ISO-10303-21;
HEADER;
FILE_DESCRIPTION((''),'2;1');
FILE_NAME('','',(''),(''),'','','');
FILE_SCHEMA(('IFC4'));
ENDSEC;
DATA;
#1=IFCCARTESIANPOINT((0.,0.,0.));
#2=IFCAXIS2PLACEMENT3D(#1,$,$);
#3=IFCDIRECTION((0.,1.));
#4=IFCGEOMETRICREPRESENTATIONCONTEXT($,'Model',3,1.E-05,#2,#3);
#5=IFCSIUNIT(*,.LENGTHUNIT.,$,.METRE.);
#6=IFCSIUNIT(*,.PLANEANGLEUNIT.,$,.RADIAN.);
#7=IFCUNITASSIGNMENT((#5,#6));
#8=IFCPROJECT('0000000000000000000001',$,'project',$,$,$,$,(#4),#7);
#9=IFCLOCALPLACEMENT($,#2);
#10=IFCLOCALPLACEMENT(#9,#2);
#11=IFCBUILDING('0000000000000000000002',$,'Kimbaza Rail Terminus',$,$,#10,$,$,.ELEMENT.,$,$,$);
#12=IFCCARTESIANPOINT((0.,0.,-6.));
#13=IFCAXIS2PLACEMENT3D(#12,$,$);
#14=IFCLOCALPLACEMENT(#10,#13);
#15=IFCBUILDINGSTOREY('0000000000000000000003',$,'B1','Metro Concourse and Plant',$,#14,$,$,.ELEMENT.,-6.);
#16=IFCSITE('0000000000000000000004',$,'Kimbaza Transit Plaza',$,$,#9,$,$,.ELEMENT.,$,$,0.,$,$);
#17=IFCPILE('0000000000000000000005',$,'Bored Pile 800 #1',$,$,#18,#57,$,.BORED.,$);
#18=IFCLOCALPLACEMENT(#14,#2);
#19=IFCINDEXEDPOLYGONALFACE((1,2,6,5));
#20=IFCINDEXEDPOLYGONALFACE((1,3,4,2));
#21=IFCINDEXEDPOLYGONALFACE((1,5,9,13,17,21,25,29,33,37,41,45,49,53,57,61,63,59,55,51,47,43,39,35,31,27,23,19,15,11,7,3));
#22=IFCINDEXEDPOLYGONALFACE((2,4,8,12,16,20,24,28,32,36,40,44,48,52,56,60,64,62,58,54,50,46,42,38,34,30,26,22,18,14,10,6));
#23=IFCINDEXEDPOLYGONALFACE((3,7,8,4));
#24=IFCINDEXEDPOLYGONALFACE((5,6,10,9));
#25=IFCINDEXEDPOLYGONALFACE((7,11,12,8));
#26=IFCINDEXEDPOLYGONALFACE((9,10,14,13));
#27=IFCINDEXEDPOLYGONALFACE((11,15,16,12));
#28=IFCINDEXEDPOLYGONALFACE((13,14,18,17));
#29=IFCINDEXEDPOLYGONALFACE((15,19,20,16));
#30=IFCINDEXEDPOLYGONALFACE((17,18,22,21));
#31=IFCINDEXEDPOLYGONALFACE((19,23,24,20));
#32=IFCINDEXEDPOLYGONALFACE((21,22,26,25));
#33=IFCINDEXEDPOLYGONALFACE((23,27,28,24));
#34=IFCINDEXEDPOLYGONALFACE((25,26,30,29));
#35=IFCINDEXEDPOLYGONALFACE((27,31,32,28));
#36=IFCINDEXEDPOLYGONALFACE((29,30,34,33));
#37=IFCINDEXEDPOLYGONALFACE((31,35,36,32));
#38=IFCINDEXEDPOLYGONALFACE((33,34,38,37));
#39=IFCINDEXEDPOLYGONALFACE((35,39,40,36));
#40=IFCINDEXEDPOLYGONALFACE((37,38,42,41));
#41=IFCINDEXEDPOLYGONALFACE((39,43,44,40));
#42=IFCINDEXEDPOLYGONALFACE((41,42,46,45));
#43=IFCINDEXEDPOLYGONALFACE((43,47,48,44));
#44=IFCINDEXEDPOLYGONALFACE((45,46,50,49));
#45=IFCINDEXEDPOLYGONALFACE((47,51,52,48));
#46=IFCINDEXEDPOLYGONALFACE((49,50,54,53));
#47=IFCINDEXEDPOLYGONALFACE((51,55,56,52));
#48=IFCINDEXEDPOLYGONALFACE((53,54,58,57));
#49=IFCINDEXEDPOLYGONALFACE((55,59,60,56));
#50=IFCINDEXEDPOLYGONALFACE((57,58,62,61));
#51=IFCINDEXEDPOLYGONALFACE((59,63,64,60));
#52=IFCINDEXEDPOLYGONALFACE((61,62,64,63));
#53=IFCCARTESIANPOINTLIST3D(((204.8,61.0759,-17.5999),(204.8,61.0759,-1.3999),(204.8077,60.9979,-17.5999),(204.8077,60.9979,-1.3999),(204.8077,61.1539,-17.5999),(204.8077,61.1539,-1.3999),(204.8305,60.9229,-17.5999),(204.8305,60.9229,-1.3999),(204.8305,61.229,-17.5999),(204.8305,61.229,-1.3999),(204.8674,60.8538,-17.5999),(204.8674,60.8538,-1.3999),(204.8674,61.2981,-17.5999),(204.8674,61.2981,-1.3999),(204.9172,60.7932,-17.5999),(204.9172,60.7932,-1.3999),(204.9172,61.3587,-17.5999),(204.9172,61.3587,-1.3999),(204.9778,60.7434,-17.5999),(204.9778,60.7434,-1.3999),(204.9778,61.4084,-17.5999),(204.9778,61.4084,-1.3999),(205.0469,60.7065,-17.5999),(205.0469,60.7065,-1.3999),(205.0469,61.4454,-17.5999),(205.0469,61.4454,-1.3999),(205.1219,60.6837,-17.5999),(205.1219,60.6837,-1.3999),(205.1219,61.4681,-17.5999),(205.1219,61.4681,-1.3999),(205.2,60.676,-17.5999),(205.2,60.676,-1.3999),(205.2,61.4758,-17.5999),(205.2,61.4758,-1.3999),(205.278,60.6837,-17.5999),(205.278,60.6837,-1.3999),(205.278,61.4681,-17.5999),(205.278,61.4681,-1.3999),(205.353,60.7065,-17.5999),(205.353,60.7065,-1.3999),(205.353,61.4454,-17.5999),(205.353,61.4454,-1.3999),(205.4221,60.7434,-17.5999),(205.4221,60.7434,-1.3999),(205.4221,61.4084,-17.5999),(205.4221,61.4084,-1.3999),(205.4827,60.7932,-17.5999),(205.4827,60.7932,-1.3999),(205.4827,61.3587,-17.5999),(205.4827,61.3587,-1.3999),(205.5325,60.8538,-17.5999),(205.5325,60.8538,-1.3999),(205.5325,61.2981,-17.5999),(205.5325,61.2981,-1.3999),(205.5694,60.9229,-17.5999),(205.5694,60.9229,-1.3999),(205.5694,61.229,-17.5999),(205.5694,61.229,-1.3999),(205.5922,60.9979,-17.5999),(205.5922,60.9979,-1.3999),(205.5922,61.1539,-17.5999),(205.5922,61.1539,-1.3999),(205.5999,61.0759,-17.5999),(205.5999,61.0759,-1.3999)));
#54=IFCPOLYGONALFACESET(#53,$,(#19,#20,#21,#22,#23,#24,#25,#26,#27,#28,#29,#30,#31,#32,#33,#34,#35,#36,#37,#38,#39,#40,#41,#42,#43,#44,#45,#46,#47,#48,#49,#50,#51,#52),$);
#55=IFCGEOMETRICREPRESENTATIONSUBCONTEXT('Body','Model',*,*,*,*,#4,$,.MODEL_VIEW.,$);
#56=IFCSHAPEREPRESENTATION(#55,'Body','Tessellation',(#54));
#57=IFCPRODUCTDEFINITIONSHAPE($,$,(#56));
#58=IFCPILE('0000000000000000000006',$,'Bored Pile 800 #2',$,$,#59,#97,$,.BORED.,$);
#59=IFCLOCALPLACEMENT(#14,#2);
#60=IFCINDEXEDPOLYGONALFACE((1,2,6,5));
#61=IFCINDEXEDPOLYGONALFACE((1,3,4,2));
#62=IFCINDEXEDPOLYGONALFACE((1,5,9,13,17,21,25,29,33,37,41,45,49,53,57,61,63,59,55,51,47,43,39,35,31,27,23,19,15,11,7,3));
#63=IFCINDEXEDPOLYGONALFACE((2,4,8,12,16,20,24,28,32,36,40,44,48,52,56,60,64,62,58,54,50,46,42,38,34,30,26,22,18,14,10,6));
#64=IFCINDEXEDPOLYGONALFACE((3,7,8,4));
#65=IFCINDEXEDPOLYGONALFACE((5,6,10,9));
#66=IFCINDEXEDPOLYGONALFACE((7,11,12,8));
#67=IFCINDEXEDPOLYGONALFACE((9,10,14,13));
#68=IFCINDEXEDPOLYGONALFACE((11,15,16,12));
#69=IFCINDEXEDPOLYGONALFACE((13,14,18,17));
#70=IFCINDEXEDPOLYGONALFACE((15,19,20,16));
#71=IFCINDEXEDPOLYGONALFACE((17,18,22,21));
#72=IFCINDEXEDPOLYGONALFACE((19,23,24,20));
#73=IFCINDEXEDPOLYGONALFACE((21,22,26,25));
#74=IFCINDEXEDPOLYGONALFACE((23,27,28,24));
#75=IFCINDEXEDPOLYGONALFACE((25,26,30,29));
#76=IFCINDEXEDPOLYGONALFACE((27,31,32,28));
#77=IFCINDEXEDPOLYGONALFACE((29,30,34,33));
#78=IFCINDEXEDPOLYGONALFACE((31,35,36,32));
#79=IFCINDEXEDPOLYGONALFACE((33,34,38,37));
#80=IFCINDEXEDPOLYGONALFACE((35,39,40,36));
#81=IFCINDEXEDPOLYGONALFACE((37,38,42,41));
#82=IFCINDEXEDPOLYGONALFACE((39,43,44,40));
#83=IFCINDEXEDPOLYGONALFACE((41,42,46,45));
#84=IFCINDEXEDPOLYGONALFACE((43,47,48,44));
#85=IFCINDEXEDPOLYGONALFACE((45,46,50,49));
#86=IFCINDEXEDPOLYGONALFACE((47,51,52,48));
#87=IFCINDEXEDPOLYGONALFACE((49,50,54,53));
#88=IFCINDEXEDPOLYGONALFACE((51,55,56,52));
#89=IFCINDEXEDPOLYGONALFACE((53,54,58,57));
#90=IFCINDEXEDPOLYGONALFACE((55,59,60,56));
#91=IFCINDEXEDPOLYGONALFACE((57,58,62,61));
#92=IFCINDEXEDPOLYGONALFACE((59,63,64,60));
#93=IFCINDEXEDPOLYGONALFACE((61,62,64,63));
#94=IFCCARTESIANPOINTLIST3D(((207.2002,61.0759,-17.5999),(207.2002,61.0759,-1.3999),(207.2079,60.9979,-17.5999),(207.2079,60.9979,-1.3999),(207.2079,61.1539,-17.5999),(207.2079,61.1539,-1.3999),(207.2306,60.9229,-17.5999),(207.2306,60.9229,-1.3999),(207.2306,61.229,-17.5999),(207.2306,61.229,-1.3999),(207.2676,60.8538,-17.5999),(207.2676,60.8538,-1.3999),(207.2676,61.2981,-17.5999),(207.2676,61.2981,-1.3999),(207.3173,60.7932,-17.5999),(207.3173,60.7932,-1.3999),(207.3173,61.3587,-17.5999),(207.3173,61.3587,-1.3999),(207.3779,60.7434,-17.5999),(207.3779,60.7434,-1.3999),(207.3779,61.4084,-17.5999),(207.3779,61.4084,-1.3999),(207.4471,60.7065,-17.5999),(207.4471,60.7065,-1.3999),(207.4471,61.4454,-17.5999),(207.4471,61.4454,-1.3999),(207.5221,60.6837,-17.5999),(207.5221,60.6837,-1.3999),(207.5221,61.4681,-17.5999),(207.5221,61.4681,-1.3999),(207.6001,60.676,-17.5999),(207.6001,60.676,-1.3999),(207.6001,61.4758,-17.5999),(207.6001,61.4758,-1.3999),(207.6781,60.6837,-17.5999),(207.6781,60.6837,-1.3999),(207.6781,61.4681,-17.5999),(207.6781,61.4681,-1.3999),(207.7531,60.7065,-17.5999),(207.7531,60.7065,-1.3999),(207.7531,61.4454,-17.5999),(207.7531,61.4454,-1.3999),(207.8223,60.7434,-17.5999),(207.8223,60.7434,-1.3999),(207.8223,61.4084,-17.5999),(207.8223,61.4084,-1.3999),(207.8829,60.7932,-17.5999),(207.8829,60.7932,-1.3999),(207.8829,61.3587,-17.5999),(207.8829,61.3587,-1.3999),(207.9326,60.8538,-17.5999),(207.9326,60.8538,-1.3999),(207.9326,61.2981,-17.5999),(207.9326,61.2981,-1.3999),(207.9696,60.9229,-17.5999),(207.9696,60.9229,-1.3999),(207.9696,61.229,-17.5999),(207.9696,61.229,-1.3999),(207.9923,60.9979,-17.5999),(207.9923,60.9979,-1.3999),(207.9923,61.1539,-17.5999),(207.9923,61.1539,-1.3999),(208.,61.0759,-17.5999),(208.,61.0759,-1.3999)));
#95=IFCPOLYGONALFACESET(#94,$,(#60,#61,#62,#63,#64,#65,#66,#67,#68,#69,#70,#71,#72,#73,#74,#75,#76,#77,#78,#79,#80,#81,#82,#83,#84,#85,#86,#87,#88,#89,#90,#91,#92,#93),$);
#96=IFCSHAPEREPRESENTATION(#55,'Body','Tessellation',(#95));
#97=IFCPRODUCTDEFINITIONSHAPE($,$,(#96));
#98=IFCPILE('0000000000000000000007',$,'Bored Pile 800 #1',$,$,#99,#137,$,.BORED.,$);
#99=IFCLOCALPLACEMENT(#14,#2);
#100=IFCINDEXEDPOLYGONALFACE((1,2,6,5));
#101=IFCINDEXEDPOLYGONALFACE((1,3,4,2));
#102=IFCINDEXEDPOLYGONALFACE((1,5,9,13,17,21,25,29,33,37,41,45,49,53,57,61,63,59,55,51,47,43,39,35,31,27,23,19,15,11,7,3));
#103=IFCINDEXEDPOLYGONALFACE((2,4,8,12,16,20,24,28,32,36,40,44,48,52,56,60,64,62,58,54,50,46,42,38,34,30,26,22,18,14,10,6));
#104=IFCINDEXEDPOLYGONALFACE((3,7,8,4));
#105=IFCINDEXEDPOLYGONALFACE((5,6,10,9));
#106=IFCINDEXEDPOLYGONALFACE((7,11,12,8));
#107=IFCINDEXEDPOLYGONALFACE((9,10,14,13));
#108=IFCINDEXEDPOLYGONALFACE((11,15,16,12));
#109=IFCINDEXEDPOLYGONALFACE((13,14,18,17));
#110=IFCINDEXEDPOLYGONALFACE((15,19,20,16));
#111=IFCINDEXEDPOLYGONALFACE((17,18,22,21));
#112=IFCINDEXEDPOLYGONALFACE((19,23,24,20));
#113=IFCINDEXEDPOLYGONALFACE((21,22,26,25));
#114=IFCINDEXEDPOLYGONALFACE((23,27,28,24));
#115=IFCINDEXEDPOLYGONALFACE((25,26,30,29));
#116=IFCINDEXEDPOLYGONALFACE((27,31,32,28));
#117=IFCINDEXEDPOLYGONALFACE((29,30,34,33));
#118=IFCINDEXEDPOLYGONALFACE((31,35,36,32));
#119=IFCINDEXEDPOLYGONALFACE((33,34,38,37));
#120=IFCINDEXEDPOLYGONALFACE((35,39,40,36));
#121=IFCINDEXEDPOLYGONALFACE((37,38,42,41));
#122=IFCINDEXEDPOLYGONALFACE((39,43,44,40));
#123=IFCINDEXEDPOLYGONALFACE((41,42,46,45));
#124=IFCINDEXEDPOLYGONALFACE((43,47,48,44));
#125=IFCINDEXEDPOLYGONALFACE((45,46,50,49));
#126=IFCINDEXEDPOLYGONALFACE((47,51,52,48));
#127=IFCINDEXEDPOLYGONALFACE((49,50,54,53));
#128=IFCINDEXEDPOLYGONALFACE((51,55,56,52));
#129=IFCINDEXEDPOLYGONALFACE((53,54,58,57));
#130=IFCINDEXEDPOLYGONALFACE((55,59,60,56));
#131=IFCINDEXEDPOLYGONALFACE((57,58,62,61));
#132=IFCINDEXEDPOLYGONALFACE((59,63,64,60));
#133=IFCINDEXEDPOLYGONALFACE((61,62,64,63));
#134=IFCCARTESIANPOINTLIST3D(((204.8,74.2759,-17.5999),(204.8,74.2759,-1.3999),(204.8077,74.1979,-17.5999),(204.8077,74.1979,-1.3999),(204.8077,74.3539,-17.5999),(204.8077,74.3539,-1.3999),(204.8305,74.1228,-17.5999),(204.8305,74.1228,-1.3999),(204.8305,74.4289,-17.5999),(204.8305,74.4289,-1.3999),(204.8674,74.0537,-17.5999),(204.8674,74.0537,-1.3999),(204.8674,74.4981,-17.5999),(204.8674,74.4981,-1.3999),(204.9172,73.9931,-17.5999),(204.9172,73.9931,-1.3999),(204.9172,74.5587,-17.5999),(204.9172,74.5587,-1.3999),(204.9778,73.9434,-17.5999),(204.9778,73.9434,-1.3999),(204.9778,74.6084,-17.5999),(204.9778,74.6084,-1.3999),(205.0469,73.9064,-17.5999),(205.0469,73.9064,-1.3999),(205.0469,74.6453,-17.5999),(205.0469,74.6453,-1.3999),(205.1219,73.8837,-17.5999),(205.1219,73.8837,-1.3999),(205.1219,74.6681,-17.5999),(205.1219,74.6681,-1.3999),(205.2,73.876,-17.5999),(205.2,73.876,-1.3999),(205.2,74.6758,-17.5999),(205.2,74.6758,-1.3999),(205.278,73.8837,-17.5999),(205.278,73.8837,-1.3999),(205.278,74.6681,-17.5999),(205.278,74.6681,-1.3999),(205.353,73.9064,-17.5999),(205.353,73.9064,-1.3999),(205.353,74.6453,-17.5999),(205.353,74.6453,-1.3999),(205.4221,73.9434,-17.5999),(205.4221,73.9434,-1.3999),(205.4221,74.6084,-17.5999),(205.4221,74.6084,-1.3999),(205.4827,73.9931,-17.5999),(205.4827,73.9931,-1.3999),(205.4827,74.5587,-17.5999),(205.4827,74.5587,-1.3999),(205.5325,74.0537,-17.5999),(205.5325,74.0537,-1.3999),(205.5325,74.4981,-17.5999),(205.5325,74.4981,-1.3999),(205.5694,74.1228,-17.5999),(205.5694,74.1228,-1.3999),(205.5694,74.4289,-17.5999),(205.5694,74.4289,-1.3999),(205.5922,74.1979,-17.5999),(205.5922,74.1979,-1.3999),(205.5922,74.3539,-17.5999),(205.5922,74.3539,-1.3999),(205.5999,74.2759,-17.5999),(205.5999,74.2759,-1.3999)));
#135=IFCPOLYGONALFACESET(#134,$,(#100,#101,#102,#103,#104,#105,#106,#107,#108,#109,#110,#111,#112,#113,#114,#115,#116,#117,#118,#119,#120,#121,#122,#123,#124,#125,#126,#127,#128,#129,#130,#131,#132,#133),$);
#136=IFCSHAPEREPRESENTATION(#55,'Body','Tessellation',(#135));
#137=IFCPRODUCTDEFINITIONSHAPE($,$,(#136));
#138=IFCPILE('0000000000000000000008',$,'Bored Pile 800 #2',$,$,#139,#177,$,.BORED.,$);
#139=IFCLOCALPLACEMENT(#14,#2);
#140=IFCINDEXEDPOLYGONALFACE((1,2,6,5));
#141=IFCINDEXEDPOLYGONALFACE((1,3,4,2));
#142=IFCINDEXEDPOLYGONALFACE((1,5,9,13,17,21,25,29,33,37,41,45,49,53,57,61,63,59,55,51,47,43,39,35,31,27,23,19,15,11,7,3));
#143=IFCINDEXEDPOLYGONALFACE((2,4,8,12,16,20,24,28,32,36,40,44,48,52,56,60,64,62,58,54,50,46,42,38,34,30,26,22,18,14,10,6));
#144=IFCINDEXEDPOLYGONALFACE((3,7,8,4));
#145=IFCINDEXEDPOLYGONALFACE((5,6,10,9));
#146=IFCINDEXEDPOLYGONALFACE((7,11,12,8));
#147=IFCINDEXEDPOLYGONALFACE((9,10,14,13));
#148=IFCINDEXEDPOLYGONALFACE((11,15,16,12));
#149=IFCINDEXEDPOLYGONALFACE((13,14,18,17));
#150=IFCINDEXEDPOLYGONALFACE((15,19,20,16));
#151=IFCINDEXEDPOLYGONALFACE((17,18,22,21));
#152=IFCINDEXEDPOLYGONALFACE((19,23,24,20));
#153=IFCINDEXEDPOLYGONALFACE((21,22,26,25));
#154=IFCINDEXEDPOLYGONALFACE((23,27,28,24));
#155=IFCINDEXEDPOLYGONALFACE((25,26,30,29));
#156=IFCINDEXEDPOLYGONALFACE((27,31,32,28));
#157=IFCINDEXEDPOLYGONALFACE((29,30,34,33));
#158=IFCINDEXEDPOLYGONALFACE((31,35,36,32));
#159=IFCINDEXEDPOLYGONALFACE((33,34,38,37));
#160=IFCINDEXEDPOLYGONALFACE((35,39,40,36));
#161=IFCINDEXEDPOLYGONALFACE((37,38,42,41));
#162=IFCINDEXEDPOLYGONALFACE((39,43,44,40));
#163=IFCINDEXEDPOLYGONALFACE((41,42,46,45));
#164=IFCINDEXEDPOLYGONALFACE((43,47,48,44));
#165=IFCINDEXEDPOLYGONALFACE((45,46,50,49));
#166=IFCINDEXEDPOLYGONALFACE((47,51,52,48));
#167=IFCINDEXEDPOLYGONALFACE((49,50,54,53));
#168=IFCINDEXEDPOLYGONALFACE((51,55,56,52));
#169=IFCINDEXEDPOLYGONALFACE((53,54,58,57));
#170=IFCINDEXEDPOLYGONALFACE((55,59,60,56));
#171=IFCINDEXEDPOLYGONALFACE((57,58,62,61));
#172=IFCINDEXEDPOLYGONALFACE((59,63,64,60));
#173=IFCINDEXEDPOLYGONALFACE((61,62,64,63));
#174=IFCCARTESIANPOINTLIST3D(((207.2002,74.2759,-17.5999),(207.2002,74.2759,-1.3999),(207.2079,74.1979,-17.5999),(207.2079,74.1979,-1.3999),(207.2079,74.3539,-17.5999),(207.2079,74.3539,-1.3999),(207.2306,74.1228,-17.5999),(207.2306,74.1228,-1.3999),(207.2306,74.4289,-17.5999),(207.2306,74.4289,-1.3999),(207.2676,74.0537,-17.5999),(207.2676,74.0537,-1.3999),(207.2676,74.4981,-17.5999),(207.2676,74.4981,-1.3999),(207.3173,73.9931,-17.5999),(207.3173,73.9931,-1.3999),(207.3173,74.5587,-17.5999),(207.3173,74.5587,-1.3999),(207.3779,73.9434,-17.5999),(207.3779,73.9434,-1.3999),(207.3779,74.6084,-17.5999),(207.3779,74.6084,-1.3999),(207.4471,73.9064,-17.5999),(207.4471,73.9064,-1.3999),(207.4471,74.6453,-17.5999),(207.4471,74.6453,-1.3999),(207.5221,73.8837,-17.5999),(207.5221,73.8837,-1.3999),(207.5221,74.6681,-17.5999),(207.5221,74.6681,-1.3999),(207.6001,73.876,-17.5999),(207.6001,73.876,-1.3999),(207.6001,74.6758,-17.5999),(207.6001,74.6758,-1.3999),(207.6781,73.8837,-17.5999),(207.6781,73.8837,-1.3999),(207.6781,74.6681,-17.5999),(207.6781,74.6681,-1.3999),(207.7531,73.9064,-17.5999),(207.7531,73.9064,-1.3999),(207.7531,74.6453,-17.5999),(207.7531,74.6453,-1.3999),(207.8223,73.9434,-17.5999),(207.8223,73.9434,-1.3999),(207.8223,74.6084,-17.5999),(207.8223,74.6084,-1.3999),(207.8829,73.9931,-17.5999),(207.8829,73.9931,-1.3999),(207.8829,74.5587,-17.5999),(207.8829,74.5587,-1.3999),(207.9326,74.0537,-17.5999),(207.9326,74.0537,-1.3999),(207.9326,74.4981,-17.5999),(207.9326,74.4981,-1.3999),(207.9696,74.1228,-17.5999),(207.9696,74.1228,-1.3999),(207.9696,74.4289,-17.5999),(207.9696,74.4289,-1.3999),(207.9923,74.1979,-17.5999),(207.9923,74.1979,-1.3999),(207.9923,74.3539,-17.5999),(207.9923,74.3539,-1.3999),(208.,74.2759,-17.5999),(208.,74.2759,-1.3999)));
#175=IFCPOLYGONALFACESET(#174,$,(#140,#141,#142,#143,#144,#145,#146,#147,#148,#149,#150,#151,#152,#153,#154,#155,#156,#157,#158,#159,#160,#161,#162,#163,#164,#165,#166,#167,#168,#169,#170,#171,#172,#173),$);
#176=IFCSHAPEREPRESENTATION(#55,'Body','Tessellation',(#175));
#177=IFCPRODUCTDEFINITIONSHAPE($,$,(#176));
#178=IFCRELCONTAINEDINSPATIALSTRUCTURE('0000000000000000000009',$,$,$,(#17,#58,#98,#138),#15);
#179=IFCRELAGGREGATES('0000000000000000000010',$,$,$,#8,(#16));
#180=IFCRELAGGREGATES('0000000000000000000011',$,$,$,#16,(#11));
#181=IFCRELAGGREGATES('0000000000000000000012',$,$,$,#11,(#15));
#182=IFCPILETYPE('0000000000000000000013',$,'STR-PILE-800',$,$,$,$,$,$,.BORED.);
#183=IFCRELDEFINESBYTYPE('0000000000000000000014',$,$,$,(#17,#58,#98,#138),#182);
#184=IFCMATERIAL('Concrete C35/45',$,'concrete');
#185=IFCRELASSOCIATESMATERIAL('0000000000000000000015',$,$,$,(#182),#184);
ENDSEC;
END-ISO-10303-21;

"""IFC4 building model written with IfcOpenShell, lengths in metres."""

from ifc_helpers import new_model, si_unit, direction, frame, origin, origin_2d, place, context, subcontext, project, spatial, circle, extrude, material, material_profile, profile_set, type_object, element, save


model = new_model("IFC4")

# Units and contexts
model_context = context("Model", 3, precision=1e-05, world=origin(), true_north=direction((0.0, 1.0)))
body_context = subcontext(model_context, "Body", "Model", "MODEL_VIEW")
ifc_project = project(units=[si_unit("LENGTHUNIT", "METRE"), si_unit("PLANEANGLEUNIT", "RADIAN")], contexts=[model_context])

# Site, building, storey
site_placement = place(None, origin())
site = spatial("IfcSite", under=ifc_project, at=site_placement, Name="Kimbaza Transit Plaza", CompositionType="ELEMENT", RefElevation=0.0)
building_placement = place(site_placement, origin())
building = spatial("IfcBuilding", under=site, at=building_placement, Name="Kimbaza Rail Terminus", CompositionType="ELEMENT")
storey_placement = place(building_placement, frame((0.0, 0.0, -6.0)))
storey = spatial("IfcBuildingStorey", under=building, at=storey_placement, Name="B1", Description="Metro Concourse and Plant", CompositionType="ELEMENT", Elevation=-6.0)

# Piles
ifc_material_1 = material(Name="Concrete C35/45", Category="concrete")
ifc_material_profile_1 = material_profile(ifc_material_1, circle(Radius=0.3999, at=origin_2d()), Name="BORED PILE 800")
ifc_profile_set_1 = profile_set([ifc_material_profile_1], Name="Concrete C35/45")
pile_type_1 = type_object("IfcPileType", Name="STR-PILE-800", PredefinedType="BORED", material=ifc_profile_set_1)
for number, where, z_axis, x_axis, name in (
    (1, (205.2, 61.0759, -1.3999), (0.0, 0.0, -1.0), (1.0, 0.0, 0.0), "Bored Pile 800 #1"),
    (2, (207.6001, 61.0759, -1.3999), (0.0, 0.0, -1.0), (1.0, 0.0, 0.0), "Bored Pile 800 #2"),
    (3, (205.2, 74.2759, -1.3999), (0.0, 0.0, -1.0), (1.0, 0.0, 0.0), "Bored Pile 800 #1"),
    (4, (207.6001, 74.2759, -1.3999), (0.0, 0.0, -1.0), (1.0, 0.0, 0.0), "Bored Pile 800 #2"),
):
    element("IfcPile", number, at=place(storey_placement, frame(where, z_axis=z_axis, x_axis=x_axis)), inside=storey, type_object=pile_type_1, Name=name, PredefinedType="BORED", context=body_context, shape_type="SweptSolid", body=[
        extrude(circle(Radius=0.3999, at=origin_2d()), origin(), (0.0, 0.0, 1.0), 16.2),
    ])

save(model, "model.ifc")
